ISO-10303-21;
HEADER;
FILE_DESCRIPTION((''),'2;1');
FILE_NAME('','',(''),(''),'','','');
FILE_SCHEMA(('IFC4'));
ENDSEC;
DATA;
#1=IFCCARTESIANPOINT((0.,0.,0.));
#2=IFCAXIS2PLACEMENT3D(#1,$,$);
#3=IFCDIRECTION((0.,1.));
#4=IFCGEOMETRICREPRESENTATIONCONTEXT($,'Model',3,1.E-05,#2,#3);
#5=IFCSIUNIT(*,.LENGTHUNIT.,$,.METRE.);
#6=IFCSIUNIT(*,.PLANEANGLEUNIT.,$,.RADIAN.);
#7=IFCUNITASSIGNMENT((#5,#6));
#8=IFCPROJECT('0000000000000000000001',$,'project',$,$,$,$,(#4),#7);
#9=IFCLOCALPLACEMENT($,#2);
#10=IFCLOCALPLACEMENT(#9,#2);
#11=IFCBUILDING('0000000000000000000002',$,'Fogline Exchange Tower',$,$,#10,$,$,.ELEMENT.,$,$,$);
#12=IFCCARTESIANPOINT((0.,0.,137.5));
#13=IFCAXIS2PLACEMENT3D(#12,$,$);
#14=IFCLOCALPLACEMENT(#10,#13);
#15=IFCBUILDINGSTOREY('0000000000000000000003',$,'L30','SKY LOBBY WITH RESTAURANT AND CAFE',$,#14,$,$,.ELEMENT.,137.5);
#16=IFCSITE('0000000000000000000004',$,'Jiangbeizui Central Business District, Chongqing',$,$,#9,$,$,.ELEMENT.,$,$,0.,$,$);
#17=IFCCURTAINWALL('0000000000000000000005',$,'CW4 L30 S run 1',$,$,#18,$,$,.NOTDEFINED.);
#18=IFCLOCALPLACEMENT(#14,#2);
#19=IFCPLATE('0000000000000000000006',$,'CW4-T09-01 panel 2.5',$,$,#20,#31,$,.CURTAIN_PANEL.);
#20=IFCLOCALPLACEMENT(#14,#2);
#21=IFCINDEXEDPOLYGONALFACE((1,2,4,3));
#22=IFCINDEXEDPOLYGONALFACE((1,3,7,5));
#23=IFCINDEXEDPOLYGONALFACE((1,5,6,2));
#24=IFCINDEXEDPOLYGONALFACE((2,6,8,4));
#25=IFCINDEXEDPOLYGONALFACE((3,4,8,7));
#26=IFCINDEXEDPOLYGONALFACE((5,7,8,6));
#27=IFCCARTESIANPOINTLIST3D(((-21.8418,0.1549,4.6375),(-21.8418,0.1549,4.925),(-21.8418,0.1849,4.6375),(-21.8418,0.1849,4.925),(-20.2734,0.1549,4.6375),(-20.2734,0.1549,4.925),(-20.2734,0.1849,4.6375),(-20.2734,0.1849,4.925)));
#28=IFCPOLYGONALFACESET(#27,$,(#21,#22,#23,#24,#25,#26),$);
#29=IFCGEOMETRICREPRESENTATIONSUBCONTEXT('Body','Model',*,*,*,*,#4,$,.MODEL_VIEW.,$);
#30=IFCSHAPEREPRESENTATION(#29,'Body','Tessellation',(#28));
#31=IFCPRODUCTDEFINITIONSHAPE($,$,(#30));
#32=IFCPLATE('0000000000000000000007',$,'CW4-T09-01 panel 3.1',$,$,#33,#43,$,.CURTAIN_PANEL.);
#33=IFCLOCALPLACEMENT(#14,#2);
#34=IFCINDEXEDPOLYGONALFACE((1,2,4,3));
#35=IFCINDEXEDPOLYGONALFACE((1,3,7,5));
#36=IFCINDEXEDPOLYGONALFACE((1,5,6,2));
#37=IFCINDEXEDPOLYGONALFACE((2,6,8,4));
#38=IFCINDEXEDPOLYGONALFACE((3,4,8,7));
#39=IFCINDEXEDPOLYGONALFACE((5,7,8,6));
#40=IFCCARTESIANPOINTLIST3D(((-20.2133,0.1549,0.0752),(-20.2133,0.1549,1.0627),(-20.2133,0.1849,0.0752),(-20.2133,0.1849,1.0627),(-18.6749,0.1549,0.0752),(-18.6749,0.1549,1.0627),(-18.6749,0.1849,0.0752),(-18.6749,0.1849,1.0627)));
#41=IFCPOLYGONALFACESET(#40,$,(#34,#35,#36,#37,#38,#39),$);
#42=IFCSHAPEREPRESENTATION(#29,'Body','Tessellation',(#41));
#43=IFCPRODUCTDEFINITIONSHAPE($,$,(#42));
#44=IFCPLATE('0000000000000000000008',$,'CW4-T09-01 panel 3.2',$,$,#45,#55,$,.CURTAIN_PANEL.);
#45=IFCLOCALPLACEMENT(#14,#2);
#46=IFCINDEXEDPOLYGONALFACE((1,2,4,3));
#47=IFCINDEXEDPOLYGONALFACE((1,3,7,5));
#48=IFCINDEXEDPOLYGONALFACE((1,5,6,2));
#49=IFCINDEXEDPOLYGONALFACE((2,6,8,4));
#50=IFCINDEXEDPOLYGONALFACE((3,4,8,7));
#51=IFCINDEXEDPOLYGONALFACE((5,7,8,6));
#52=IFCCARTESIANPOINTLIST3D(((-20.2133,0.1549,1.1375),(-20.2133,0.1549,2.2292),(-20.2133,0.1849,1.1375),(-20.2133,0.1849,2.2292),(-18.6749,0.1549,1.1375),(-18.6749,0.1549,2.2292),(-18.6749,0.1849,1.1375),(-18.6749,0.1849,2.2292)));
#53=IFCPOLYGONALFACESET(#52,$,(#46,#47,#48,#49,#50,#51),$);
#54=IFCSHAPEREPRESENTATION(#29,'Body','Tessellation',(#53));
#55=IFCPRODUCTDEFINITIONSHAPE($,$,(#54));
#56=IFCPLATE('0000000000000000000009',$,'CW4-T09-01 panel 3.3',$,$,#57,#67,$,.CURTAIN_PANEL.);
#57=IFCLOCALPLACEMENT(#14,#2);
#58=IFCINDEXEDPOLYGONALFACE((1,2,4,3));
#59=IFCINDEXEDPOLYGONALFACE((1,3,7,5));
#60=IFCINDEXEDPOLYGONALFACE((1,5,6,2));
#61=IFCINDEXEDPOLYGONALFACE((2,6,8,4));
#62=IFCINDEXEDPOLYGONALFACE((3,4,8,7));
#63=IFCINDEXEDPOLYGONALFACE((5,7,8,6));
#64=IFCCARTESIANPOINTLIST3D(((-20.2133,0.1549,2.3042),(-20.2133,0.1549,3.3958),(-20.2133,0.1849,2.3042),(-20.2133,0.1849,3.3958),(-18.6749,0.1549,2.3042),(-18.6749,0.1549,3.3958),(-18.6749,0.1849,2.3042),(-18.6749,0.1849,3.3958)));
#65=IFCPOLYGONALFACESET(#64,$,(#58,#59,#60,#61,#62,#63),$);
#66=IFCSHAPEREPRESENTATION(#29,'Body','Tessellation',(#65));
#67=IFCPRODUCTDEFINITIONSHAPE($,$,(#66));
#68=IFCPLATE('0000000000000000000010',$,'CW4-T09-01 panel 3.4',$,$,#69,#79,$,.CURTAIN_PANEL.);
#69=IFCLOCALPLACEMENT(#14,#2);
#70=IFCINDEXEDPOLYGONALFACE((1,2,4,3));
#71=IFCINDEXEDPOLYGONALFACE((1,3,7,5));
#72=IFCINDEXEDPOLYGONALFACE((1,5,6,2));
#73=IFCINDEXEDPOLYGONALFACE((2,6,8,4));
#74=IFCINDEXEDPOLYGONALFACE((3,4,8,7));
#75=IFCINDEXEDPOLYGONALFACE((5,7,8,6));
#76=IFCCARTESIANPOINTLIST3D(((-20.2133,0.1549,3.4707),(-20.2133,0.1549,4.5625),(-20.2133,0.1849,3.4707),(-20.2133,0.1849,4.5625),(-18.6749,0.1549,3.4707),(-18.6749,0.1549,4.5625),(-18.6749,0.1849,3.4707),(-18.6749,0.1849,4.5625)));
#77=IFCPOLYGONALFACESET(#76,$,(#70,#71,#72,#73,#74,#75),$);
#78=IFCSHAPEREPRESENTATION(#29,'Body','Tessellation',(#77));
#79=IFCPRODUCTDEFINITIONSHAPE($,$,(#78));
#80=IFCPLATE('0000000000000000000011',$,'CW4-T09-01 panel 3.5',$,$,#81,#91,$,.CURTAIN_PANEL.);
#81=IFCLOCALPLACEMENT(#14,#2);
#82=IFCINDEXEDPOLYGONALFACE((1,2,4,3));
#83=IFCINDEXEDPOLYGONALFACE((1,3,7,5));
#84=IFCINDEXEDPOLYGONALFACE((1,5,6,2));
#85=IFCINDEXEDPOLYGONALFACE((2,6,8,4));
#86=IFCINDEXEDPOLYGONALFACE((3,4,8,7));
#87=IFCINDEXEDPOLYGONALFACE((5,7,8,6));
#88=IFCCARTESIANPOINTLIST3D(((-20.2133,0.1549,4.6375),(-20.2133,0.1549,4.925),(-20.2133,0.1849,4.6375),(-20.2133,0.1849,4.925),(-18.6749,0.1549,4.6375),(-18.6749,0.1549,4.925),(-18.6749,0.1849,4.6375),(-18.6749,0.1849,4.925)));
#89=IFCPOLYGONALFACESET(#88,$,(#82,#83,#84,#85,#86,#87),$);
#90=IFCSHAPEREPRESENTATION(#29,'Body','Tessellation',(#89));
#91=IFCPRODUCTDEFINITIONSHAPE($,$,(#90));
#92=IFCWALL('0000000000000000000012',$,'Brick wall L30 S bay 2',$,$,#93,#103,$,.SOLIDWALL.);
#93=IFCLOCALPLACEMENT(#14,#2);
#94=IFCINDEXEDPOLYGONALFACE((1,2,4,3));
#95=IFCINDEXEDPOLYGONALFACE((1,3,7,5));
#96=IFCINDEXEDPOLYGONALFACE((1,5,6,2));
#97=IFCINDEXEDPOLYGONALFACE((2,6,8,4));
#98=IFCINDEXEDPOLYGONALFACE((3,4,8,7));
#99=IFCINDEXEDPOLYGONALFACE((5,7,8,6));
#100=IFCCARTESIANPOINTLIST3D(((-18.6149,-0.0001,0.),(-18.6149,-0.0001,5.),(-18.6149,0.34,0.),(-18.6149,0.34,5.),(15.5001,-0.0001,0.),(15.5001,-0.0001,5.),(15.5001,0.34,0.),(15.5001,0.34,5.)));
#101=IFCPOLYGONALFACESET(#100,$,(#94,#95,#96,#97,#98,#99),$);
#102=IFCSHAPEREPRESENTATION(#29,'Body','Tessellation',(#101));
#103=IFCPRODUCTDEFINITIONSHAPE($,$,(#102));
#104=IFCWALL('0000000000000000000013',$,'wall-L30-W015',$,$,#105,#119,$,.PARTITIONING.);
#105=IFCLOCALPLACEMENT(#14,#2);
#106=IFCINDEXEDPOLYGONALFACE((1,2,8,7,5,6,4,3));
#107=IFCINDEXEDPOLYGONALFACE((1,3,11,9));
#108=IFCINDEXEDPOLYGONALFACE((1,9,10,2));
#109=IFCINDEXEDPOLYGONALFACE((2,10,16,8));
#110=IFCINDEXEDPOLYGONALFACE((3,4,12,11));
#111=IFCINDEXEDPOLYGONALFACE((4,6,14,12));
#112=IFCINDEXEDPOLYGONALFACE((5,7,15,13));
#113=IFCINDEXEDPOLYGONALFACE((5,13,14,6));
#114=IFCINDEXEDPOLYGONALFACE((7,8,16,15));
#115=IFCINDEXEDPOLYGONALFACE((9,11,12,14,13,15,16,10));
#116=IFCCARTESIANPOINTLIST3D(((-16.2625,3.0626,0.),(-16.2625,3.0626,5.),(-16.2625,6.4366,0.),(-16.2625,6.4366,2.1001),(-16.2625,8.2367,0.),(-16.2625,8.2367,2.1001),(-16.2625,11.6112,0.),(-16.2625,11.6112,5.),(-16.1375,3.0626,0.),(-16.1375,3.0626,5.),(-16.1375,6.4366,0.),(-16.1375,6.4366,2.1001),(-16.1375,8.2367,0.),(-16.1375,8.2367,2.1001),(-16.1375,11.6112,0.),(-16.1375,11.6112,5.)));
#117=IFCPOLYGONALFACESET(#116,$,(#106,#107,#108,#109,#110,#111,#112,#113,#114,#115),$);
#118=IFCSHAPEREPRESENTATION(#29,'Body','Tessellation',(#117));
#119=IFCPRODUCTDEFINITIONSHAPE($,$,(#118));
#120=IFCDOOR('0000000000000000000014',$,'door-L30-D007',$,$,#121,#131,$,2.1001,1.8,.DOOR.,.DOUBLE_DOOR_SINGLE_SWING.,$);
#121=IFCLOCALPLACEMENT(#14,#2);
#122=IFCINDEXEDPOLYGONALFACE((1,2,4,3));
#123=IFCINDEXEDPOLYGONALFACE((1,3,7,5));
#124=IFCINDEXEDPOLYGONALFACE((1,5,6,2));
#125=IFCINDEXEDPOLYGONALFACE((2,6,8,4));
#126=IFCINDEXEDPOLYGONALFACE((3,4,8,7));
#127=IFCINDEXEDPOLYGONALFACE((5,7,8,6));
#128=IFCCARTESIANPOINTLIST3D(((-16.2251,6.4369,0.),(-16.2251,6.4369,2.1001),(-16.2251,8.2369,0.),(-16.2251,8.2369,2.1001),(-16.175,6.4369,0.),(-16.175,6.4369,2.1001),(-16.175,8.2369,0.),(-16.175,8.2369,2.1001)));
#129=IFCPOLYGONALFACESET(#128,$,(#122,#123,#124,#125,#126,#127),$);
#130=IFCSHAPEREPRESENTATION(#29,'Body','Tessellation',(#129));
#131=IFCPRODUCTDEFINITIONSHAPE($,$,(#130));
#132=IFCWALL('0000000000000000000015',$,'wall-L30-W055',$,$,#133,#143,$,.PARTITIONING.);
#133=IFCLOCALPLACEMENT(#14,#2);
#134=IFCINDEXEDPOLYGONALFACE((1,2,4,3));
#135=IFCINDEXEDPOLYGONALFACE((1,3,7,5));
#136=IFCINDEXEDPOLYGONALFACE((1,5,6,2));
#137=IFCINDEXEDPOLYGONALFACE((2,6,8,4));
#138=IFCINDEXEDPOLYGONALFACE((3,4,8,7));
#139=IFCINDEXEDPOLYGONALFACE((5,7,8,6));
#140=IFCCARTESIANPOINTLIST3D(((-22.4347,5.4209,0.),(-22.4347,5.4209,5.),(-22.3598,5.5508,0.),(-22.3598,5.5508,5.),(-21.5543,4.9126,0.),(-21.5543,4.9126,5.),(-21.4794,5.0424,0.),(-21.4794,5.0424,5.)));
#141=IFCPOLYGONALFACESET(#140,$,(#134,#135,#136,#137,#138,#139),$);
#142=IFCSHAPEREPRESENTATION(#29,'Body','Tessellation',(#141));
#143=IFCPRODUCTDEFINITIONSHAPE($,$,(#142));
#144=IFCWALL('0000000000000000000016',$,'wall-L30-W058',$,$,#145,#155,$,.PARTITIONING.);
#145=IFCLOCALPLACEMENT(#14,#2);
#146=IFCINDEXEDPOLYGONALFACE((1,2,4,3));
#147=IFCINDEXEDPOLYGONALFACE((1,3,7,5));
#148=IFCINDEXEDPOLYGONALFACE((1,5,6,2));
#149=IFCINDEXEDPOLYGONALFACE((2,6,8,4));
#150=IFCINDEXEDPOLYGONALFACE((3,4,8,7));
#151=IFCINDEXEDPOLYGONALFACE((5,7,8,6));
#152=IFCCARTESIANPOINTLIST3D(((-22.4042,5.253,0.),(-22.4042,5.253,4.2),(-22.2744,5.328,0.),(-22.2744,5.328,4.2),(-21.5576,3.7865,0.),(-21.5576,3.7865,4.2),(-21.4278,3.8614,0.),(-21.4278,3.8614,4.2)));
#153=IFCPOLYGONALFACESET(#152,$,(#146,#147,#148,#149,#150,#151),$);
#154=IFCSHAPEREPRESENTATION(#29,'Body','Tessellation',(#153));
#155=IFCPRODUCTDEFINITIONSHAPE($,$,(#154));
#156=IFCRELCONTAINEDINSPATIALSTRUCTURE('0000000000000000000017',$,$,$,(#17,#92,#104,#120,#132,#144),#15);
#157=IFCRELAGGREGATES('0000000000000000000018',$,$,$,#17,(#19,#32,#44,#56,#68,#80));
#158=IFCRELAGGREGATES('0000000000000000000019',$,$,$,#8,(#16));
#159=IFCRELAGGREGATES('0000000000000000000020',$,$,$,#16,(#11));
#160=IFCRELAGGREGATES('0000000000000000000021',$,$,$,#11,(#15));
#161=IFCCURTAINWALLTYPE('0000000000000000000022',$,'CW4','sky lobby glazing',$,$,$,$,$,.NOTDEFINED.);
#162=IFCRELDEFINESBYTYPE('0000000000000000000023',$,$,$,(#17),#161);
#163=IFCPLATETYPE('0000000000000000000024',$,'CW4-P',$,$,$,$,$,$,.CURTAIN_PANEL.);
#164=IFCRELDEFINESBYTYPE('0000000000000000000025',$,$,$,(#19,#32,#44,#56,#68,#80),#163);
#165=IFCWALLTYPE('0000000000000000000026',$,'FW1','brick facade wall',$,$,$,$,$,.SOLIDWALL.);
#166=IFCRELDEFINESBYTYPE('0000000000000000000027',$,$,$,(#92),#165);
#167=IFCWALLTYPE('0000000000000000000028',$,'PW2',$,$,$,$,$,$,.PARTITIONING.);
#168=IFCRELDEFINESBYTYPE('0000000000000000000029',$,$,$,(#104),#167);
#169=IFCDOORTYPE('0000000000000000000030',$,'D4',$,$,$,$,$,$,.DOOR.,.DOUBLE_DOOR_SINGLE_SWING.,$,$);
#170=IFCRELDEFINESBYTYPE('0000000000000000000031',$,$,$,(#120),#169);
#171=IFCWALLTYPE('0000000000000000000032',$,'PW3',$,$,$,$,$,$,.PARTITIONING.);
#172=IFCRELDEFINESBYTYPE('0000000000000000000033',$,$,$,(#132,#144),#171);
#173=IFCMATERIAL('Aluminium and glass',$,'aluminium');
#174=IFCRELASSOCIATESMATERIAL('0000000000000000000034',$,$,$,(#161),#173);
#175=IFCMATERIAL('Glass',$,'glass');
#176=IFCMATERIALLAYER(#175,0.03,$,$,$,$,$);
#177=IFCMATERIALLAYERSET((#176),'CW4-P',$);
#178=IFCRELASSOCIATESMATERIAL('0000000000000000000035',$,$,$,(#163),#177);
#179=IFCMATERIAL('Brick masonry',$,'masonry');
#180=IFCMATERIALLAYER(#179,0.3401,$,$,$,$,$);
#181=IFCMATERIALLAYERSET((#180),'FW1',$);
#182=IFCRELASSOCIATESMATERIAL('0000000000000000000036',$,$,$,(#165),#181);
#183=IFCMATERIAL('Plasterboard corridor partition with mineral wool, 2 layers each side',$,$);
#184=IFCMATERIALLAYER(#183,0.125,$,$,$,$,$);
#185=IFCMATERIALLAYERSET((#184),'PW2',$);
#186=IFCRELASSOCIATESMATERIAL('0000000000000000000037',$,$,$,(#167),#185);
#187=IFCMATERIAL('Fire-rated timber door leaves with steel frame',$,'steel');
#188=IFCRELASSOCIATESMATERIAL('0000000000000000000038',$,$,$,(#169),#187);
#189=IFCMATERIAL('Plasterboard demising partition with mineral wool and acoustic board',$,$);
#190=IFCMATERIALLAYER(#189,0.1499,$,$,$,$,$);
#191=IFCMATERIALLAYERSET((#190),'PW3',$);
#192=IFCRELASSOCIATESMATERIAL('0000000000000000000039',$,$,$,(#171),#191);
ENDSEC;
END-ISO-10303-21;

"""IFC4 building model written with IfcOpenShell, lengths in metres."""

from ifc_helpers import new_model, si_unit, direction, frame, frame_2d, origin, origin_2d, place, context, subcontext, project, spatial, rectangle, extrude, material, layer, layer_set, type_object, element, fill, aggregate, save


model = new_model("IFC4")

# Units and contexts
model_context = context("Model", 3, precision=1e-05, world=origin(), true_north=direction((0.0, 1.0)))
body_context = subcontext(model_context, "Body", "Model", "MODEL_VIEW")
ifc_project = project(units=[si_unit("LENGTHUNIT", "METRE"), si_unit("PLANEANGLEUNIT", "RADIAN")], contexts=[model_context])

# Site, building, storey
site_placement = place(None, origin())
site = spatial("IfcSite", under=ifc_project, at=site_placement, Name="Jiangbeizui Central Business District, Chongqing", CompositionType="ELEMENT", RefElevation=0.0)
building_placement = place(site_placement, origin())
building = spatial("IfcBuilding", under=site, at=building_placement, Name="Fogline Exchange Tower", CompositionType="ELEMENT")
storey_placement = place(building_placement, frame((0.0, 0.0, 137.5)))
storey = spatial("IfcBuildingStorey", under=building, at=storey_placement, Name="L30", Description="SKY LOBBY WITH RESTAURANT AND CAFE", CompositionType="ELEMENT", Elevation=137.5)

# Curtain wall, plates
ifc_material_1 = material(Name="Aluminium and glass", Category="aluminium")
curtain_wall_type = type_object("IfcCurtainWallType", Name="CW4", Description="sky lobby glazing", PredefinedType="NOTDEFINED", material=ifc_material_1)
curtain_wall_placement = place(storey_placement, origin())
curtain_wall = element("IfcCurtainWall", 1, at=curtain_wall_placement, inside=storey, type_object=curtain_wall_type, Name="CW4 L30 S run 1", PredefinedType="NOTDEFINED")
ifc_material_2 = material(Name="Glass", Category="glass")
ifc_layer_1 = layer(ifc_material_2, 0.03)
ifc_layer_set_1 = layer_set([ifc_layer_1], Name="CW4-P")
plate_type = type_object("IfcPlateType", Name="CW4-P", PredefinedType="CURTAIN_PANEL", material=ifc_layer_set_1)
plate_1_placement = place(storey_placement, frame((-21.0576, 0.1699, 4.6375), z_axis=(0.0, 0.0, 1.0), x_axis=(1.0, 0.0, 0.0)))
plate_1 = element("IfcPlate", 2, at=plate_1_placement, type_object=plate_type, Name="CW4-T09-01 panel 2.5", PredefinedType="CURTAIN_PANEL", context=body_context, shape_type="SweptSolid", body=[
    extrude(rectangle(XDim=1.5684, YDim=0.03, at=origin_2d()), origin(), (0.0, 0.0, 1.0), 0.2876),
])
plate_2_placement = place(storey_placement, frame((-19.4441, 0.1699, 0.0752), z_axis=(0.0, 0.0, 1.0), x_axis=(1.0, 0.0, 0.0)))
plate_2 = element("IfcPlate", 3, at=plate_2_placement, type_object=plate_type, Name="CW4-T09-01 panel 3.1", PredefinedType="CURTAIN_PANEL", context=body_context, shape_type="SweptSolid", body=[
    extrude(rectangle(XDim=1.5383, YDim=0.03, at=origin_2d()), origin(), (0.0, 0.0, 1.0), 0.9875),
])
plate_3_placement = place(storey_placement, frame((-19.4441, 0.1699, 1.1375), z_axis=(0.0, 0.0, 1.0), x_axis=(1.0, 0.0, 0.0)))
plate_3 = element("IfcPlate", 4, at=plate_3_placement, type_object=plate_type, Name="CW4-T09-01 panel 3.2", PredefinedType="CURTAIN_PANEL", context=body_context, shape_type="SweptSolid", body=[
    extrude(rectangle(XDim=1.5383, YDim=0.03, at=origin_2d()), origin(), (0.0, 0.0, 1.0), 1.0918),
])
plate_4_placement = place(storey_placement, frame((-19.4441, 0.1699, 2.3042), z_axis=(0.0, 0.0, 1.0), x_axis=(1.0, 0.0, 0.0)))
plate_4 = element("IfcPlate", 5, at=plate_4_placement, type_object=plate_type, Name="CW4-T09-01 panel 3.3", PredefinedType="CURTAIN_PANEL", context=body_context, shape_type="SweptSolid", body=[
    extrude(rectangle(XDim=1.5383, YDim=0.03, at=origin_2d()), origin(), (0.0, 0.0, 1.0), 1.0916),
])
plate_5_placement = place(storey_placement, frame((-19.4441, 0.1699, 3.4707), z_axis=(0.0, 0.0, 1.0), x_axis=(1.0, 0.0, 0.0)))
plate_5 = element("IfcPlate", 6, at=plate_5_placement, type_object=plate_type, Name="CW4-T09-01 panel 3.4", PredefinedType="CURTAIN_PANEL", context=body_context, shape_type="SweptSolid", body=[
    extrude(rectangle(XDim=1.5383, YDim=0.03, at=origin_2d()), origin(), (0.0, 0.0, 1.0), 1.0918),
])
plate_6_placement = place(storey_placement, frame((-19.4441, 0.1699, 4.6375), z_axis=(0.0, 0.0, 1.0), x_axis=(1.0, 0.0, 0.0)))
plate_6 = element("IfcPlate", 7, at=plate_6_placement, type_object=plate_type, Name="CW4-T09-01 panel 3.5", PredefinedType="CURTAIN_PANEL", context=body_context, shape_type="SweptSolid", body=[
    extrude(rectangle(XDim=1.5383, YDim=0.03, at=origin_2d()), origin(), (0.0, 0.0, 1.0), 0.2876),
])
aggregate(curtain_wall, [plate_1, plate_2, plate_3, plate_4, plate_5, plate_6])

# Wall
ifc_material_3 = material(Name="Brick masonry", Category="masonry")
ifc_layer_2 = layer(ifc_material_3, 0.3401)
ifc_layer_set_2 = layer_set([ifc_layer_2], Name="FW1")
wall_type_1 = type_object("IfcWallType", Name="FW1", Description="brick facade wall", PredefinedType="SOLIDWALL", material=ifc_layer_set_2)
wall_1_placement = place(storey_placement, frame((-18.615, 0.1699, 0.0), z_axis=(0.0, 0.0, 1.0), x_axis=(1.0, 0.0, 0.0)))
element("IfcWall", 8, at=wall_1_placement, inside=storey, type_object=wall_type_1, Name="Brick wall L30 S bay 2", PredefinedType="SOLIDWALL", context=body_context, shape_type="SweptSolid", body=[
    extrude(rectangle(XDim=34.115, YDim=0.3401, at=frame_2d((17.0576, 0.0))), origin(), (0.0, 0.0, 1.0), 5.0),
])

# Wall, opening, door
ifc_material_4 = material(Name="Plasterboard corridor partition with mineral wool, 2 layers each side")
ifc_layer_3 = layer(ifc_material_4, 0.125)
ifc_layer_set_3 = layer_set([ifc_layer_3], Name="PW2")
wall_type_2 = type_object("IfcWallType", Name="PW2", PredefinedType="PARTITIONING", material=ifc_layer_set_3)
wall_2_placement = place(storey_placement, frame((-16.2, 3.0625, 0.0), z_axis=(0.0, 0.0, 1.0), x_axis=(0.0, 1.0, 0.0)))
wall_2 = element("IfcWall", 9, at=wall_2_placement, inside=storey, type_object=wall_type_2, Name="wall-L30-W015", PredefinedType="PARTITIONING", context=body_context, shape_type="SweptSolid", body=[
    extrude(rectangle(XDim=8.5486, YDim=0.125, at=frame_2d((4.2744, 0.0))), origin(), (0.0, 0.0, 1.0), 5.0),
])
opening_placement = place(wall_2_placement, frame((3.3743, 0.0, 0.0)))
opening = element("IfcOpeningElement", 10, at=opening_placement, cuts=wall_2, PredefinedType="OPENING", context=body_context, shape_type="SweptSolid", body=[
    extrude(rectangle(XDim=1.8, YDim=2.1001, at=frame_2d((0.8999, 1.05))), frame((0.0, 0.0725, 0.0), z_axis=(0.0, -1.0, 0.0), x_axis=(1.0, 0.0, 0.0)), (0.0, 0.0, 1.0), 0.145),
])
ifc_material_5 = material(Name="Fire-rated timber door leaves with steel frame", Category="steel")
door_type = type_object("IfcDoorType", Name="D4", OperationType="DOUBLE_DOOR_SINGLE_SWING", PredefinedType="DOOR", material=ifc_material_5)
door_placement = place(opening_placement, frame((1.8, 0.0, 0.0), z_axis=(0.0, 0.0, 1.0), x_axis=(-1.0, 0.0, 0.0)))
door = element("IfcDoor", 11, at=door_placement, inside=storey, type_object=door_type, Name="door-L30-D007", OperationType="DOUBLE_DOOR_SINGLE_SWING", OverallHeight=2.1001, OverallWidth=1.8, PredefinedType="DOOR", context=body_context, shape_type="SweptSolid", body=[
    extrude(rectangle(XDim=1.8, YDim=2.1001, at=frame_2d((0.8999, 1.05))), frame((0.0, 0.0249, 0.0), z_axis=(0.0, -1.0, 0.0), x_axis=(1.0, 0.0, 0.0)), (0.0, 0.0, 1.0), 0.05),
])
fill(opening, door)

# Walls
ifc_material_6 = material(Name="Plasterboard demising partition with mineral wool and acoustic board")
ifc_layer_4 = layer(ifc_material_6, 0.1499)
ifc_layer_set_4 = layer_set([ifc_layer_4], Name="PW3")
wall_type_3 = type_object("IfcWallType", Name="PW3", PredefinedType="PARTITIONING", material=ifc_layer_set_4)
wall_3_placement = place(storey_placement, frame((-21.5168, 4.9775, 0.0), z_axis=(0.0, 0.0, 1.0), x_axis=(-0.866018, 0.500013, 0.0)))
element("IfcWall", 12, at=wall_3_placement, inside=storey, type_object=wall_type_3, Name="wall-L30-W055", PredefinedType="PARTITIONING", context=body_context, shape_type="SweptSolid", body=[
    extrude(rectangle(XDim=1.0166, YDim=0.1499, at=frame_2d((0.5083, 0.0))), origin(), (0.0, 0.0, 1.0), 5.0),
])
wall_4_placement = place(storey_placement, frame((-21.4927, 3.824, 0.0), z_axis=(0.0, 0.0, 1.0), x_axis=(-0.499985, 0.866034, 0.0)))
element("IfcWall", 13, at=wall_4_placement, inside=storey, type_object=wall_type_3, Name="wall-L30-W058", PredefinedType="PARTITIONING", context=body_context, shape_type="SweptSolid", body=[
    extrude(rectangle(XDim=1.6934, YDim=0.1499, at=frame_2d((0.8467, 0.0))), origin(), (0.0, 0.0, 1.0), 4.2),
])

save(model, "model.ifc")
